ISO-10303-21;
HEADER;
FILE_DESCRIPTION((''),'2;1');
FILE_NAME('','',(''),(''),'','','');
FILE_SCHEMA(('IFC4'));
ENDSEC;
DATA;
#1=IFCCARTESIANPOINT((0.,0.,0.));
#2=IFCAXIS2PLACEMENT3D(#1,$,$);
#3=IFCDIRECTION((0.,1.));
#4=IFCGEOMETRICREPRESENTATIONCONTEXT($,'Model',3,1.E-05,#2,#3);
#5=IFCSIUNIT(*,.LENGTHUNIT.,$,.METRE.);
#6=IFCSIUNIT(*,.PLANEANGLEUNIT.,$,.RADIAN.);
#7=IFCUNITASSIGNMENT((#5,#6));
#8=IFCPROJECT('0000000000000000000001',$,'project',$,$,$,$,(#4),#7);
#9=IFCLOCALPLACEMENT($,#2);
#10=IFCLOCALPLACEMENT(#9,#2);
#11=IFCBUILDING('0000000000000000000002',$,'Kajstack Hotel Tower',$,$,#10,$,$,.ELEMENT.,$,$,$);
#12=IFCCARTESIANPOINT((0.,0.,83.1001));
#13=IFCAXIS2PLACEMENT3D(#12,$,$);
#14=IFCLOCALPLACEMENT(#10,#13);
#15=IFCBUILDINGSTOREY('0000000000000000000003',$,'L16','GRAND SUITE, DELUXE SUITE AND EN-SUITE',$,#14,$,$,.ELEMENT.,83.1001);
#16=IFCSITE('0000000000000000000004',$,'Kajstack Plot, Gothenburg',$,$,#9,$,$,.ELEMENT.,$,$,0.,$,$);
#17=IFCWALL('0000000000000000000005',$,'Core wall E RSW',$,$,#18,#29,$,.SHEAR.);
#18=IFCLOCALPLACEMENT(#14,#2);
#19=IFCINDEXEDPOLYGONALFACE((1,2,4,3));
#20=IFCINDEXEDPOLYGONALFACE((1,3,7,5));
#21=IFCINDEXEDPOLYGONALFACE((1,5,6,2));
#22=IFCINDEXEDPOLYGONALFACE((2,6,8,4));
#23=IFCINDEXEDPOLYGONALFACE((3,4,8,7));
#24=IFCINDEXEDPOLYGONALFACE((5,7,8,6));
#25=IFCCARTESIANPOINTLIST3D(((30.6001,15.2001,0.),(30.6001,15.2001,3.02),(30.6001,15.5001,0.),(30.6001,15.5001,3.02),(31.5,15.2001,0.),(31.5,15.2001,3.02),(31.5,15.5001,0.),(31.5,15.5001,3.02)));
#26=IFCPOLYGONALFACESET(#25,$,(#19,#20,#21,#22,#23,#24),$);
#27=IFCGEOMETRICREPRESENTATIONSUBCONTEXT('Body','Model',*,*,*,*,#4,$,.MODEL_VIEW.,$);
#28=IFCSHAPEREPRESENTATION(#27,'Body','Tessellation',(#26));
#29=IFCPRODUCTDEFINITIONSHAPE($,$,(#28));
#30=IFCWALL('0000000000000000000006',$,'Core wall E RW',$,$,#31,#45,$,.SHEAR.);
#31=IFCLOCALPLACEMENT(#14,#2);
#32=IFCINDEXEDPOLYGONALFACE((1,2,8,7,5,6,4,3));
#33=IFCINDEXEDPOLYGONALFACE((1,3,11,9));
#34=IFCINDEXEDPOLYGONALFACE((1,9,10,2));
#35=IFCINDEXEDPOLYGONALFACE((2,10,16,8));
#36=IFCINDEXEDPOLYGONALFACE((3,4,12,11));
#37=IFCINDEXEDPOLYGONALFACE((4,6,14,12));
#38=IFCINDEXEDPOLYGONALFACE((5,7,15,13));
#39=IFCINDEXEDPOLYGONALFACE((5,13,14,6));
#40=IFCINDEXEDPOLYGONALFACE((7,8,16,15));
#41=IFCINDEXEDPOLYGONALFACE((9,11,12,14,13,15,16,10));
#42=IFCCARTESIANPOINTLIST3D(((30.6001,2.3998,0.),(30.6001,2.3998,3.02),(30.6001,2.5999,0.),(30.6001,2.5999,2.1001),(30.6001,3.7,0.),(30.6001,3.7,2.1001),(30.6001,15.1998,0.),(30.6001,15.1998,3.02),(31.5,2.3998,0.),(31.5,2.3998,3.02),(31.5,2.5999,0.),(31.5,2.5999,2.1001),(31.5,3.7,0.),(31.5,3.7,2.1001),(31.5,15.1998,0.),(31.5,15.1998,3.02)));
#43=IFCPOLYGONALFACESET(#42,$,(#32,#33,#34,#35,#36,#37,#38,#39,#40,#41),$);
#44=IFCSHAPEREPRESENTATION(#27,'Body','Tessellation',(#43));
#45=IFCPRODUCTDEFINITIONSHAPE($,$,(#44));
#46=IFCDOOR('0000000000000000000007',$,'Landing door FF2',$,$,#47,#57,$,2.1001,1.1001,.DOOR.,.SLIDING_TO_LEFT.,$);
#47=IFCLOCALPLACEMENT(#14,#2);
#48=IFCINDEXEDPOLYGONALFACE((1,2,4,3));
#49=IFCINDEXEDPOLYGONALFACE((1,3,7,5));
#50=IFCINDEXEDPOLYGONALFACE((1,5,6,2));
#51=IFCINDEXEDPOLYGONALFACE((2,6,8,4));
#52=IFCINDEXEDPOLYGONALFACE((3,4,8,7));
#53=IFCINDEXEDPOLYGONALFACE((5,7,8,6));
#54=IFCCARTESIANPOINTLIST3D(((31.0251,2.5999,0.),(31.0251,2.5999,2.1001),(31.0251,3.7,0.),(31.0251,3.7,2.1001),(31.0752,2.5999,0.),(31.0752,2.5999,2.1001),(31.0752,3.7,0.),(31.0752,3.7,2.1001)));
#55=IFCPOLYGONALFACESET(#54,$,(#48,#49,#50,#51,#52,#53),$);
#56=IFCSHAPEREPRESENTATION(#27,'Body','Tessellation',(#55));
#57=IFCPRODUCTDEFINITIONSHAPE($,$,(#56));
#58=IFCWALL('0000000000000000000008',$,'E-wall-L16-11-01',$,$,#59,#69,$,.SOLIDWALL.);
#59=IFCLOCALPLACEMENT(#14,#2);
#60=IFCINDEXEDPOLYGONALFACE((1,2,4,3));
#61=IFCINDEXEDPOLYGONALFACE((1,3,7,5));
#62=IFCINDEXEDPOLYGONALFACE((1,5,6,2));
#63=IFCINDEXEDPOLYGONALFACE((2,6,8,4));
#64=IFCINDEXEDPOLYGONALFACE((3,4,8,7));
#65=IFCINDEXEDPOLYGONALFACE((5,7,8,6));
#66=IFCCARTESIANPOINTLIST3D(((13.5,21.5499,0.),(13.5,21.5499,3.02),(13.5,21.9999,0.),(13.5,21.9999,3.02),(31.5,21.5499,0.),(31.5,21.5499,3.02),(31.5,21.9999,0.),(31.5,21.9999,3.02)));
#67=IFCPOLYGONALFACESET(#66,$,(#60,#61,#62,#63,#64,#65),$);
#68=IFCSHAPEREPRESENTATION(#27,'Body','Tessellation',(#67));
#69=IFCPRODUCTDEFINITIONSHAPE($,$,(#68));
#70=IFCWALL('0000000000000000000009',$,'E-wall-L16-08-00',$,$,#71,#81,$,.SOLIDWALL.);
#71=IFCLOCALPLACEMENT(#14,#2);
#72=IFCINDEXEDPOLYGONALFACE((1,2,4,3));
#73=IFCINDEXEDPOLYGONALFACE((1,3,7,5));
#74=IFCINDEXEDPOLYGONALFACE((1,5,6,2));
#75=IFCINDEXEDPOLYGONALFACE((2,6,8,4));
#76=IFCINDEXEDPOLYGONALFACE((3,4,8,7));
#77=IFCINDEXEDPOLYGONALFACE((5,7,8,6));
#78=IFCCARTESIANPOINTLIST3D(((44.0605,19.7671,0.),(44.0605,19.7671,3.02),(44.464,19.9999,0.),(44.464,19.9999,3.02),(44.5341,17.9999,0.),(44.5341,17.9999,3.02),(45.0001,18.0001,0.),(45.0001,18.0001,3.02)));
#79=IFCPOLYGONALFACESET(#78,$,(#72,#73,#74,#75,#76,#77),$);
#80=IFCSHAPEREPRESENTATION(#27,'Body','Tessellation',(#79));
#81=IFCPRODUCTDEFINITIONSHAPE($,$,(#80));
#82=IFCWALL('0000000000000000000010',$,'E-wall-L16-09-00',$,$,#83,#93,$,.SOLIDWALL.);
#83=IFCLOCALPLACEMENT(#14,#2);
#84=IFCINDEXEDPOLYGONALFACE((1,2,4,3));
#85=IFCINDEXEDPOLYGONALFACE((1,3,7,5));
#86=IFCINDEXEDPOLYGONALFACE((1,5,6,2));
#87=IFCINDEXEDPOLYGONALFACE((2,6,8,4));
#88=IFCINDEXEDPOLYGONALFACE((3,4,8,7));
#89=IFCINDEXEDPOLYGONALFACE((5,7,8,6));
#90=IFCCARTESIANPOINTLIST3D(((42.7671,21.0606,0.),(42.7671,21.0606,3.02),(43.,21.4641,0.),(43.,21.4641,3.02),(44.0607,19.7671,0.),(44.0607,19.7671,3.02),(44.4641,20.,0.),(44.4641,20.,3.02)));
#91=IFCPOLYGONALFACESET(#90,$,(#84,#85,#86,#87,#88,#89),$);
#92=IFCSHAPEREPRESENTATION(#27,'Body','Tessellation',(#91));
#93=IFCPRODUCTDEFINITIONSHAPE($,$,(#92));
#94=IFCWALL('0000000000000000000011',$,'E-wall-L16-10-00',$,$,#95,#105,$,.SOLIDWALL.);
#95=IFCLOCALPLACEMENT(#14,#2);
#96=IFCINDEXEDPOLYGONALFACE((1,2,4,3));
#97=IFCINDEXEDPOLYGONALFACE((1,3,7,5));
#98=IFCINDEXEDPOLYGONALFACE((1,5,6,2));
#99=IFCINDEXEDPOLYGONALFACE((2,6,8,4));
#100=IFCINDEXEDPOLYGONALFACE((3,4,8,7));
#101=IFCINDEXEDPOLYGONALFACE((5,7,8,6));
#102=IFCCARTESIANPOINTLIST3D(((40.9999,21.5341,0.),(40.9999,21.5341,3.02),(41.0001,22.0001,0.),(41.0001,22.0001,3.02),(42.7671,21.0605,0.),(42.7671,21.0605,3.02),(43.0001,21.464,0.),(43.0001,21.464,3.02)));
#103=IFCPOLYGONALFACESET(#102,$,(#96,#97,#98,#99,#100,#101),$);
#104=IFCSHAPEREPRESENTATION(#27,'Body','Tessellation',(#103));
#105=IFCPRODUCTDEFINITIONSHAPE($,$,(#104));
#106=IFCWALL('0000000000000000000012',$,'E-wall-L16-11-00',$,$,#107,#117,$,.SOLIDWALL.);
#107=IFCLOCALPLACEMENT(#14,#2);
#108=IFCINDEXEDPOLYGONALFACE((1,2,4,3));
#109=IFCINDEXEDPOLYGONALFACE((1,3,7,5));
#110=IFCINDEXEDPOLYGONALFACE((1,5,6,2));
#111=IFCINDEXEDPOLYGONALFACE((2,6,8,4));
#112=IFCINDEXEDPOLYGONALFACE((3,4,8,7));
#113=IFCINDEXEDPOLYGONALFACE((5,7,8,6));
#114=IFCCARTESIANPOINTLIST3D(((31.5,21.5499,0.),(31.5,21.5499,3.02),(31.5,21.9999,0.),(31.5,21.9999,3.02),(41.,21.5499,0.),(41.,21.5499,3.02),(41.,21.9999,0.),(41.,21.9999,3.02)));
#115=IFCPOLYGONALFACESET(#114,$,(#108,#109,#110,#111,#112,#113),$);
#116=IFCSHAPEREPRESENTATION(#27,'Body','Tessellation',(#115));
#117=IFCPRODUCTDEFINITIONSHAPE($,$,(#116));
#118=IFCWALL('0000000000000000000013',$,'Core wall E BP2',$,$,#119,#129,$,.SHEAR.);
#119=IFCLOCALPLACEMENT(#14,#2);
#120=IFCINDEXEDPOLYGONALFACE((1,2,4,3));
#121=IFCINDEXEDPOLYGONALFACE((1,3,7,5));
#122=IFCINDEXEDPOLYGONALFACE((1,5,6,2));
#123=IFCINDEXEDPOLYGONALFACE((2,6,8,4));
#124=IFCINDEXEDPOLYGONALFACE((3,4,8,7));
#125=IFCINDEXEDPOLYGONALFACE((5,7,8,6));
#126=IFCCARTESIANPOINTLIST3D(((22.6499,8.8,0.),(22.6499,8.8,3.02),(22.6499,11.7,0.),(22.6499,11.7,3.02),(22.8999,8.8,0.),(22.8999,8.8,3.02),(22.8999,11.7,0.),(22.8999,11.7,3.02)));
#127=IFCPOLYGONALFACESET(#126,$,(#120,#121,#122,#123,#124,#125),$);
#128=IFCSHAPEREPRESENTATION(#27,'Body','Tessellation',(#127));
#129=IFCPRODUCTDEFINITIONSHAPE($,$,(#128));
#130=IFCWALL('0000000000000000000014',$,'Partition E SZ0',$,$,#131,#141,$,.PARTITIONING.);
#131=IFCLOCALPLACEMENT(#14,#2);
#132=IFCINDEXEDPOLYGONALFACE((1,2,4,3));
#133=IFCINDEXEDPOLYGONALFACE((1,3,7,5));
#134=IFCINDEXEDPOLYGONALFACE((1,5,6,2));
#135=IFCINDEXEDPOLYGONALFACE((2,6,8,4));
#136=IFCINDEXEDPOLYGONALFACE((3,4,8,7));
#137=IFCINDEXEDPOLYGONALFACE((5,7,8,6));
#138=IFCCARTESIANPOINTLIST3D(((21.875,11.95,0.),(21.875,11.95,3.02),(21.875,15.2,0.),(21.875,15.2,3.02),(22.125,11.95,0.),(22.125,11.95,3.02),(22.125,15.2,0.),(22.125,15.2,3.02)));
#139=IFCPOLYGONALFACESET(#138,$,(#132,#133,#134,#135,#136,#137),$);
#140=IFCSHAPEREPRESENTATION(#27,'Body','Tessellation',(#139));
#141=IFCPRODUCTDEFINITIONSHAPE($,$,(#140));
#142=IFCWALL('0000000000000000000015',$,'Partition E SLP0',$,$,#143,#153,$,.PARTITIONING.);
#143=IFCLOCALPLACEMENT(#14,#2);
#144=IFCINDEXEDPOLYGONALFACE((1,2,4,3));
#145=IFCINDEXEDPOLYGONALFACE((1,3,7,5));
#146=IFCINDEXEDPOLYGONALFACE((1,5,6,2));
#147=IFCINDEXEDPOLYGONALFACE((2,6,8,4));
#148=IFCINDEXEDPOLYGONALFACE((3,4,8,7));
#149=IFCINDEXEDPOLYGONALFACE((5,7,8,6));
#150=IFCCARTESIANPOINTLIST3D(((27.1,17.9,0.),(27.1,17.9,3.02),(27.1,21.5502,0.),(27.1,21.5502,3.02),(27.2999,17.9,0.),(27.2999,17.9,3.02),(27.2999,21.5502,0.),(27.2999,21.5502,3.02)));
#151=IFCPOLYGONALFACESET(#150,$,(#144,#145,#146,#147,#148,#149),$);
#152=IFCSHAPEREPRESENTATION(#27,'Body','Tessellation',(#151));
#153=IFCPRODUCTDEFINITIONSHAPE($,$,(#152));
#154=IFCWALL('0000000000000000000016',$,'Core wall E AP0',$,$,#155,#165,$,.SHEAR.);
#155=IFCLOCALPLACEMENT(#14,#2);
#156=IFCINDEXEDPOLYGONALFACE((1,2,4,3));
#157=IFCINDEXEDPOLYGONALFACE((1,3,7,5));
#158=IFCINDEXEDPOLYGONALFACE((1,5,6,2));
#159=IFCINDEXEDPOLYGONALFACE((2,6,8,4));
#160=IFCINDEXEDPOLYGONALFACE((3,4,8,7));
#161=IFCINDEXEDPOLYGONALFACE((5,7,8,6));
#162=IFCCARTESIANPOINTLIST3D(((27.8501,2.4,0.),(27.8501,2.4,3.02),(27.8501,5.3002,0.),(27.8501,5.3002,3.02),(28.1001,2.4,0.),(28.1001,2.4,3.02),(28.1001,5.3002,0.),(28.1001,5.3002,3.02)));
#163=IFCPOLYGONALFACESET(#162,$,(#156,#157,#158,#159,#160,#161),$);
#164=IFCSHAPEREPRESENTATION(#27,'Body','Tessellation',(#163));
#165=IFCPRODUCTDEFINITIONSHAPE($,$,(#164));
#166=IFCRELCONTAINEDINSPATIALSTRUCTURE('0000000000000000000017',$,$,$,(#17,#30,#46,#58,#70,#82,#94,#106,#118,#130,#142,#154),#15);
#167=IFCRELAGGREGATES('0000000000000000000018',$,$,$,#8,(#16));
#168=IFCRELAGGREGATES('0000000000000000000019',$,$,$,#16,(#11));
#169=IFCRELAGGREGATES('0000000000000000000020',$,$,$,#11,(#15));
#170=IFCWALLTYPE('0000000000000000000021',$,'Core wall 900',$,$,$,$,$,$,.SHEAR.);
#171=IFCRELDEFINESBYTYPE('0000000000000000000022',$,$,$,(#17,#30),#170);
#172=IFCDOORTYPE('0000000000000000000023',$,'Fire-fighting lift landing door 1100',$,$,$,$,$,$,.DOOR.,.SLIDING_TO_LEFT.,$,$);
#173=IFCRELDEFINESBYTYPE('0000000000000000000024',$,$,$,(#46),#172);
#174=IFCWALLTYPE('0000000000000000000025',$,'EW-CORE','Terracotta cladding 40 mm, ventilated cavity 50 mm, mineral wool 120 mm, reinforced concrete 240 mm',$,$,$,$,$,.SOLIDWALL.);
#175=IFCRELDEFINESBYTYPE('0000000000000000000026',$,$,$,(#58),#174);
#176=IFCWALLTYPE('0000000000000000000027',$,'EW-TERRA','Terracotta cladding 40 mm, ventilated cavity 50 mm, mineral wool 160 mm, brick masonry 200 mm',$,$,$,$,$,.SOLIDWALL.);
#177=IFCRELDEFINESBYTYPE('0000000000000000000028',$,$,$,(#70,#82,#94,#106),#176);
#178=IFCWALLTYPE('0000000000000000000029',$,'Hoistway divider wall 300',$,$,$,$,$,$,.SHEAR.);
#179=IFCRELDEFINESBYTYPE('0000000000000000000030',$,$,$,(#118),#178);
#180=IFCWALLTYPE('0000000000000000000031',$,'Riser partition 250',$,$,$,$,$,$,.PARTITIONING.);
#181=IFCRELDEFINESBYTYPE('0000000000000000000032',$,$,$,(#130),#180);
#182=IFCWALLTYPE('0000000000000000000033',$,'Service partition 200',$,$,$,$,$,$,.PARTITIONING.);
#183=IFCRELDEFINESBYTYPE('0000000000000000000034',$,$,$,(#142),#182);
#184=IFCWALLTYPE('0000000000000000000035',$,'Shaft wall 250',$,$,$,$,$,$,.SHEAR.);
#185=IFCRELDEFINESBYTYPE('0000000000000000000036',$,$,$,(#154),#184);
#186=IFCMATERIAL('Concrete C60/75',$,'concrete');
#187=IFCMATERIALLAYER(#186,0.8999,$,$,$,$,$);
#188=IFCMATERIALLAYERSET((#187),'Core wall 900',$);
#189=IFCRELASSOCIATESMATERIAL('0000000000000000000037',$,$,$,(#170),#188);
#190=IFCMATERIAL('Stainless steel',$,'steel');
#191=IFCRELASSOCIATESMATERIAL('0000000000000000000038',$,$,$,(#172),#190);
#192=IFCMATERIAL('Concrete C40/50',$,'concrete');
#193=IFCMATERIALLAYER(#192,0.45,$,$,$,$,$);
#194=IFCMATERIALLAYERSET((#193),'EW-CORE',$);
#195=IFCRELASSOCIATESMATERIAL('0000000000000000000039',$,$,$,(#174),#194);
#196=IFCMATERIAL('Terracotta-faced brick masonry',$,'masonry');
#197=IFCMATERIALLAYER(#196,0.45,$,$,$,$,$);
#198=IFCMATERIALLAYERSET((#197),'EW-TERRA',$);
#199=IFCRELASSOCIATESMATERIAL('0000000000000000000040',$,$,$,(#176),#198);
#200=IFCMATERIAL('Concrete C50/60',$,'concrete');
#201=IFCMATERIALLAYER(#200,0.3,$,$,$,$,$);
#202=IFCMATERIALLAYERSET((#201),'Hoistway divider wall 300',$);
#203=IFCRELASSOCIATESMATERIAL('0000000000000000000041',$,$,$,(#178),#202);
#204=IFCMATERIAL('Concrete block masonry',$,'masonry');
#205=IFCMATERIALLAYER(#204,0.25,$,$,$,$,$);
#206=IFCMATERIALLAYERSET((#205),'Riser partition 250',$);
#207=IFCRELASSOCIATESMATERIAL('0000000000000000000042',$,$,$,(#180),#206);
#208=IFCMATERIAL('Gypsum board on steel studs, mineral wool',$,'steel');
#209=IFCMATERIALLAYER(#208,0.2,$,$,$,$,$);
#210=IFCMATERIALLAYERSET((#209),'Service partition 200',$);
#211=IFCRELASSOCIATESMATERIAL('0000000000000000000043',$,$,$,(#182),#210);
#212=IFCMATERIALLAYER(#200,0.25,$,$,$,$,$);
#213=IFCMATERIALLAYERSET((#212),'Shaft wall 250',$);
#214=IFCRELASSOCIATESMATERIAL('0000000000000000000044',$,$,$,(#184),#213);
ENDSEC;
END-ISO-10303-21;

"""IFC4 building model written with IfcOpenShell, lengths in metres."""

from ifc_helpers import new_model, si_unit, direction, frame, frame_2d, origin, place, context, subcontext, project, spatial, polyline, rectangle, outline, extrude, material, layer, layer_set, type_object, element, fill, save


model = new_model("IFC4")

# Units and contexts
model_context = context("Model", 3, precision=1e-05, world=origin(), true_north=direction((0.0, 1.0)))
body_context = subcontext(model_context, "Body", "Model", "MODEL_VIEW")
ifc_project = project(units=[si_unit("LENGTHUNIT", "METRE"), si_unit("PLANEANGLEUNIT", "RADIAN")], contexts=[model_context])

# Site, building, storey
site_placement = place(None, origin())
site = spatial("IfcSite", under=ifc_project, at=site_placement, Name="Kajstack Plot, Gothenburg", CompositionType="ELEMENT", RefElevation=0.0)
building_placement = place(site_placement, origin())
building = spatial("IfcBuilding", under=site, at=building_placement, Name="Kajstack Hotel Tower", CompositionType="ELEMENT")
storey_placement = place(building_placement, frame((0.0, 0.0, 83.1001)))
storey = spatial("IfcBuildingStorey", under=building, at=storey_placement, Name="L16", Description="GRAND SUITE, DELUXE SUITE AND EN-SUITE", CompositionType="ELEMENT", Elevation=83.1001)

# Wall
ifc_material_1 = material(Name="Concrete C60/75", Category="concrete")
ifc_layer_1 = layer(ifc_material_1, 0.8999)
ifc_layer_set_1 = layer_set([ifc_layer_1], Name="Core wall 900")
wall_type_1 = type_object("IfcWallType", Name="Core wall 900", PredefinedType="SHEAR", material=ifc_layer_set_1)
wall_1_placement = place(storey_placement, frame((30.6001, 15.3501, 0.0), z_axis=(0.0, 0.0, 1.0), x_axis=(1.0, 0.0, 0.0)))
element("IfcWall", 1, at=wall_1_placement, inside=storey, type_object=wall_type_1, Name="Core wall E RSW", PredefinedType="SHEAR", context=body_context, shape_type="SweptSolid", body=[
    extrude(rectangle(XDim=0.8999, YDim=0.3, at=frame_2d((0.45, 0.0))), origin(), (0.0, 0.0, 1.0), 3.02),
])

# Wall, opening, door
wall_2_placement = place(storey_placement, frame((31.05, 2.3999, 0.0), z_axis=(0.0, 0.0, 1.0), x_axis=(0.0, 1.0, 0.0)))
wall_2 = element("IfcWall", 2, at=wall_2_placement, inside=storey, type_object=wall_type_1, Name="Core wall E RW", PredefinedType="SHEAR", context=body_context, shape_type="SweptSolid", body=[
    extrude(rectangle(XDim=12.8, YDim=0.8999, at=frame_2d((6.3999, 0.0))), origin(), (0.0, 0.0, 1.0), 3.02),
])
opening_1_placement = place(wall_2_placement, frame((0.2, 0.0, 0.0)))
opening_1 = element("IfcOpeningElement", 3, at=opening_1_placement, cuts=wall_2, PredefinedType="OPENING", context=body_context, shape_type="SweptSolid", body=[
    extrude(rectangle(XDim=1.1001, YDim=2.1001, at=frame_2d((0.55, 1.05))), frame((0.0, 0.46, 0.0), z_axis=(0.0, -1.0, 0.0), x_axis=(1.0, 0.0, 0.0)), (0.0, 0.0, 1.0), 0.9199),
])
ifc_material_2 = material(Name="Stainless steel", Category="steel")
door_type_1 = type_object("IfcDoorType", Name="Fire-fighting lift landing door 1100", OperationType="SLIDING_TO_LEFT", PredefinedType="DOOR", material=ifc_material_2)
door_1_placement = place(opening_1_placement, origin())
door_1 = element("IfcDoor", 4, at=door_1_placement, inside=storey, type_object=door_type_1, Name="Landing door FF2", OperationType="SLIDING_TO_LEFT", OverallHeight=2.1001, OverallWidth=1.1001, PredefinedType="DOOR", context=body_context, shape_type="SweptSolid", body=[
    extrude(rectangle(XDim=1.1001, YDim=2.1001, at=frame_2d((0.55, 1.05))), frame((0.0, 0.0249, 0.0), z_axis=(0.0, -1.0, 0.0), x_axis=(1.0, 0.0, 0.0)), (0.0, 0.0, 1.0), 0.05),
])
fill(opening_1, door_1)

# Walls
ifc_material_3 = material(Name="Concrete C40/50", Category="concrete")
ifc_layer_2 = layer(ifc_material_3, 0.45)
ifc_layer_set_2 = layer_set([ifc_layer_2], Name="EW-CORE")
wall_type_2 = type_object("IfcWallType", Name="EW-CORE", Description="Terracotta cladding 40 mm, ventilated cavity 50 mm, mineral wool 120 mm, reinforced concrete 240 mm", PredefinedType="SOLIDWALL", material=ifc_layer_set_2)
wall_3_placement = place(storey_placement, frame((31.5, 21.7749, 0.0), z_axis=(0.0, 0.0, 1.0), x_axis=(-1.0, 0.0, 0.0)))
element("IfcWall", 5, at=wall_3_placement, inside=storey, type_object=wall_type_2, Name="E-wall-L16-11-01", PredefinedType="SOLIDWALL", context=body_context, shape_type="SweptSolid", body=[
    extrude(rectangle(XDim=18.0, YDim=0.45, at=frame_2d((9.0, 0.0))), origin(), (0.0, 0.0, 1.0), 3.02),
])
ifc_material_4 = material(Name="Terracotta-faced brick masonry", Category="masonry")
ifc_layer_3 = layer(ifc_material_4, 0.45)
ifc_layer_set_3 = layer_set([ifc_layer_3], Name="EW-TERRA")
wall_type_3 = type_object("IfcWallType", Name="EW-TERRA", Description="Terracotta cladding 40 mm, ventilated cavity 50 mm, mineral wool 160 mm, brick masonry 200 mm", PredefinedType="SOLIDWALL", material=ifc_layer_set_3)
wall_4_placement = place(storey_placement, frame((44.7827, 17.9417, 0.0), z_axis=(0.0, 0.0, 1.0), x_axis=(-0.258815, 0.965927, 0.0)))
element("IfcWall", 6, at=wall_4_placement, inside=storey, type_object=wall_type_3, Name="E-wall-L16-08-00", PredefinedType="SOLIDWALL", context=body_context, shape_type="SweptSolid", body=[
    extrude(outline(polyline([(0.0002, -0.2251), (2.0706, -0.2249), (1.9502, 0.2251), (0.1206, 0.2251), (0.0002, -0.2251)])), origin(), (0.0, 0.0, 1.0), 3.02),
])
wall_5_placement = place(storey_placement, frame((44.3049, 19.8408, 0.0), z_axis=(0.0, 0.0, 1.0), x_axis=(-0.707107, 0.707107, 0.0)))
element("IfcWall", 7, at=wall_5_placement, inside=storey, type_object=wall_type_3, Name="E-wall-L16-09-00", PredefinedType="SOLIDWALL", context=body_context, shape_type="SweptSolid", body=[
    extrude(outline(polyline([(0.0, -0.2251), (2.0706, -0.2251), (1.95, 0.2249), (0.1206, 0.2249), (0.0, -0.2251)])), origin(), (0.0, 0.0, 1.0), 3.02),
])
wall_6_placement = place(storey_placement, frame((42.9417, 21.2468, 0.0), z_axis=(0.0, 0.0, 1.0), x_axis=(-0.965927, 0.258815, 0.0)))
element("IfcWall", 8, at=wall_6_placement, inside=storey, type_object=wall_type_3, Name="E-wall-L16-10-00", PredefinedType="SOLIDWALL", context=body_context, shape_type="SweptSolid", body=[
    extrude(outline(polyline([(-0.0002, -0.2249), (2.0703, -0.2251), (1.95, 0.2251), (0.1204, 0.2251), (-0.0002, -0.2249)])), origin(), (0.0, 0.0, 1.0), 3.02),
])
wall_7_placement = place(storey_placement, frame((41.0, 21.7749, 0.0), z_axis=(0.0, 0.0, 1.0), x_axis=(-1.0, 0.0, 0.0)))
element("IfcWall", 9, at=wall_7_placement, inside=storey, type_object=wall_type_3, Name="E-wall-L16-11-00", PredefinedType="SOLIDWALL", context=body_context, shape_type="SweptSolid", body=[
    extrude(rectangle(XDim=9.5, YDim=0.45, at=frame_2d((4.75, 0.0))), origin(), (0.0, 0.0, 1.0), 3.02),
])
ifc_material_5 = material(Name="Concrete C50/60", Category="concrete")
ifc_layer_4 = layer(ifc_material_5, 0.3)
ifc_layer_set_4 = layer_set([ifc_layer_4], Name="Hoistway divider wall 300")
wall_type_4 = type_object("IfcWallType", Name="Hoistway divider wall 300", PredefinedType="SHEAR", material=ifc_layer_set_4)
wall_8_placement = place(storey_placement, frame((22.7749, 8.8, 0.0), z_axis=(0.0, 0.0, 1.0), x_axis=(0.0, 1.0, 0.0)))
element("IfcWall", 10, at=wall_8_placement, inside=storey, type_object=wall_type_4, Name="Core wall E BP2", PredefinedType="SHEAR", context=body_context, shape_type="SweptSolid", body=[
    extrude(rectangle(XDim=2.8999, YDim=0.25, at=frame_2d((1.45, 0.0))), origin(), (0.0, 0.0, 1.0), 3.02),
])
ifc_material_6 = material(Name="Concrete block masonry", Category="masonry")
ifc_layer_5 = layer(ifc_material_6, 0.25)
ifc_layer_set_5 = layer_set([ifc_layer_5], Name="Riser partition 250")
wall_type_5 = type_object("IfcWallType", Name="Riser partition 250", PredefinedType="PARTITIONING", material=ifc_layer_set_5)
wall_9_placement = place(storey_placement, frame((22.0, 11.95, 0.0), z_axis=(0.0, 0.0, 1.0), x_axis=(0.0, 1.0, 0.0)))
element("IfcWall", 11, at=wall_9_placement, inside=storey, type_object=wall_type_5, Name="Partition E SZ0", PredefinedType="PARTITIONING", context=body_context, shape_type="SweptSolid", body=[
    extrude(rectangle(XDim=3.25, YDim=0.25, at=frame_2d((1.625, 0.0))), origin(), (0.0, 0.0, 1.0), 3.02),
])
ifc_material_7 = material(Name="Gypsum board on steel studs, mineral wool", Category="steel")
ifc_layer_6 = layer(ifc_material_7, 0.2)
ifc_layer_set_6 = layer_set([ifc_layer_6], Name="Service partition 200")
wall_type_6 = type_object("IfcWallType", Name="Service partition 200", PredefinedType="PARTITIONING", material=ifc_layer_set_6)
wall_10_placement = place(storey_placement, frame((27.2, 17.8999, 0.0), z_axis=(0.0, 0.0, 1.0), x_axis=(0.0, 1.0, 0.0)))
element("IfcWall", 12, at=wall_10_placement, inside=storey, type_object=wall_type_6, Name="Partition E SLP0", PredefinedType="PARTITIONING", context=body_context, shape_type="SweptSolid", body=[
    extrude(rectangle(XDim=3.6501, YDim=0.2, at=frame_2d((1.8252, 0.0))), origin(), (0.0, 0.0, 1.0), 3.02),
])
ifc_layer_7 = layer(ifc_material_5, 0.25)
ifc_layer_set_7 = layer_set([ifc_layer_7], Name="Shaft wall 250")
wall_type_7 = type_object("IfcWallType", Name="Shaft wall 250", PredefinedType="SHEAR", material=ifc_layer_set_7)
wall_11_placement = place(storey_placement, frame((27.9751, 2.3999, 0.0), z_axis=(0.0, 0.0, 1.0), x_axis=(0.0, 1.0, 0.0)))
element("IfcWall", 13, at=wall_11_placement, inside=storey, type_object=wall_type_7, Name="Core wall E AP0", PredefinedType="SHEAR", context=body_context, shape_type="SweptSolid", body=[
    extrude(rectangle(XDim=2.9001, YDim=0.25, at=frame_2d((1.4502, 0.0))), origin(), (0.0, 0.0, 1.0), 3.02),
])

save(model, "model.ifc")
